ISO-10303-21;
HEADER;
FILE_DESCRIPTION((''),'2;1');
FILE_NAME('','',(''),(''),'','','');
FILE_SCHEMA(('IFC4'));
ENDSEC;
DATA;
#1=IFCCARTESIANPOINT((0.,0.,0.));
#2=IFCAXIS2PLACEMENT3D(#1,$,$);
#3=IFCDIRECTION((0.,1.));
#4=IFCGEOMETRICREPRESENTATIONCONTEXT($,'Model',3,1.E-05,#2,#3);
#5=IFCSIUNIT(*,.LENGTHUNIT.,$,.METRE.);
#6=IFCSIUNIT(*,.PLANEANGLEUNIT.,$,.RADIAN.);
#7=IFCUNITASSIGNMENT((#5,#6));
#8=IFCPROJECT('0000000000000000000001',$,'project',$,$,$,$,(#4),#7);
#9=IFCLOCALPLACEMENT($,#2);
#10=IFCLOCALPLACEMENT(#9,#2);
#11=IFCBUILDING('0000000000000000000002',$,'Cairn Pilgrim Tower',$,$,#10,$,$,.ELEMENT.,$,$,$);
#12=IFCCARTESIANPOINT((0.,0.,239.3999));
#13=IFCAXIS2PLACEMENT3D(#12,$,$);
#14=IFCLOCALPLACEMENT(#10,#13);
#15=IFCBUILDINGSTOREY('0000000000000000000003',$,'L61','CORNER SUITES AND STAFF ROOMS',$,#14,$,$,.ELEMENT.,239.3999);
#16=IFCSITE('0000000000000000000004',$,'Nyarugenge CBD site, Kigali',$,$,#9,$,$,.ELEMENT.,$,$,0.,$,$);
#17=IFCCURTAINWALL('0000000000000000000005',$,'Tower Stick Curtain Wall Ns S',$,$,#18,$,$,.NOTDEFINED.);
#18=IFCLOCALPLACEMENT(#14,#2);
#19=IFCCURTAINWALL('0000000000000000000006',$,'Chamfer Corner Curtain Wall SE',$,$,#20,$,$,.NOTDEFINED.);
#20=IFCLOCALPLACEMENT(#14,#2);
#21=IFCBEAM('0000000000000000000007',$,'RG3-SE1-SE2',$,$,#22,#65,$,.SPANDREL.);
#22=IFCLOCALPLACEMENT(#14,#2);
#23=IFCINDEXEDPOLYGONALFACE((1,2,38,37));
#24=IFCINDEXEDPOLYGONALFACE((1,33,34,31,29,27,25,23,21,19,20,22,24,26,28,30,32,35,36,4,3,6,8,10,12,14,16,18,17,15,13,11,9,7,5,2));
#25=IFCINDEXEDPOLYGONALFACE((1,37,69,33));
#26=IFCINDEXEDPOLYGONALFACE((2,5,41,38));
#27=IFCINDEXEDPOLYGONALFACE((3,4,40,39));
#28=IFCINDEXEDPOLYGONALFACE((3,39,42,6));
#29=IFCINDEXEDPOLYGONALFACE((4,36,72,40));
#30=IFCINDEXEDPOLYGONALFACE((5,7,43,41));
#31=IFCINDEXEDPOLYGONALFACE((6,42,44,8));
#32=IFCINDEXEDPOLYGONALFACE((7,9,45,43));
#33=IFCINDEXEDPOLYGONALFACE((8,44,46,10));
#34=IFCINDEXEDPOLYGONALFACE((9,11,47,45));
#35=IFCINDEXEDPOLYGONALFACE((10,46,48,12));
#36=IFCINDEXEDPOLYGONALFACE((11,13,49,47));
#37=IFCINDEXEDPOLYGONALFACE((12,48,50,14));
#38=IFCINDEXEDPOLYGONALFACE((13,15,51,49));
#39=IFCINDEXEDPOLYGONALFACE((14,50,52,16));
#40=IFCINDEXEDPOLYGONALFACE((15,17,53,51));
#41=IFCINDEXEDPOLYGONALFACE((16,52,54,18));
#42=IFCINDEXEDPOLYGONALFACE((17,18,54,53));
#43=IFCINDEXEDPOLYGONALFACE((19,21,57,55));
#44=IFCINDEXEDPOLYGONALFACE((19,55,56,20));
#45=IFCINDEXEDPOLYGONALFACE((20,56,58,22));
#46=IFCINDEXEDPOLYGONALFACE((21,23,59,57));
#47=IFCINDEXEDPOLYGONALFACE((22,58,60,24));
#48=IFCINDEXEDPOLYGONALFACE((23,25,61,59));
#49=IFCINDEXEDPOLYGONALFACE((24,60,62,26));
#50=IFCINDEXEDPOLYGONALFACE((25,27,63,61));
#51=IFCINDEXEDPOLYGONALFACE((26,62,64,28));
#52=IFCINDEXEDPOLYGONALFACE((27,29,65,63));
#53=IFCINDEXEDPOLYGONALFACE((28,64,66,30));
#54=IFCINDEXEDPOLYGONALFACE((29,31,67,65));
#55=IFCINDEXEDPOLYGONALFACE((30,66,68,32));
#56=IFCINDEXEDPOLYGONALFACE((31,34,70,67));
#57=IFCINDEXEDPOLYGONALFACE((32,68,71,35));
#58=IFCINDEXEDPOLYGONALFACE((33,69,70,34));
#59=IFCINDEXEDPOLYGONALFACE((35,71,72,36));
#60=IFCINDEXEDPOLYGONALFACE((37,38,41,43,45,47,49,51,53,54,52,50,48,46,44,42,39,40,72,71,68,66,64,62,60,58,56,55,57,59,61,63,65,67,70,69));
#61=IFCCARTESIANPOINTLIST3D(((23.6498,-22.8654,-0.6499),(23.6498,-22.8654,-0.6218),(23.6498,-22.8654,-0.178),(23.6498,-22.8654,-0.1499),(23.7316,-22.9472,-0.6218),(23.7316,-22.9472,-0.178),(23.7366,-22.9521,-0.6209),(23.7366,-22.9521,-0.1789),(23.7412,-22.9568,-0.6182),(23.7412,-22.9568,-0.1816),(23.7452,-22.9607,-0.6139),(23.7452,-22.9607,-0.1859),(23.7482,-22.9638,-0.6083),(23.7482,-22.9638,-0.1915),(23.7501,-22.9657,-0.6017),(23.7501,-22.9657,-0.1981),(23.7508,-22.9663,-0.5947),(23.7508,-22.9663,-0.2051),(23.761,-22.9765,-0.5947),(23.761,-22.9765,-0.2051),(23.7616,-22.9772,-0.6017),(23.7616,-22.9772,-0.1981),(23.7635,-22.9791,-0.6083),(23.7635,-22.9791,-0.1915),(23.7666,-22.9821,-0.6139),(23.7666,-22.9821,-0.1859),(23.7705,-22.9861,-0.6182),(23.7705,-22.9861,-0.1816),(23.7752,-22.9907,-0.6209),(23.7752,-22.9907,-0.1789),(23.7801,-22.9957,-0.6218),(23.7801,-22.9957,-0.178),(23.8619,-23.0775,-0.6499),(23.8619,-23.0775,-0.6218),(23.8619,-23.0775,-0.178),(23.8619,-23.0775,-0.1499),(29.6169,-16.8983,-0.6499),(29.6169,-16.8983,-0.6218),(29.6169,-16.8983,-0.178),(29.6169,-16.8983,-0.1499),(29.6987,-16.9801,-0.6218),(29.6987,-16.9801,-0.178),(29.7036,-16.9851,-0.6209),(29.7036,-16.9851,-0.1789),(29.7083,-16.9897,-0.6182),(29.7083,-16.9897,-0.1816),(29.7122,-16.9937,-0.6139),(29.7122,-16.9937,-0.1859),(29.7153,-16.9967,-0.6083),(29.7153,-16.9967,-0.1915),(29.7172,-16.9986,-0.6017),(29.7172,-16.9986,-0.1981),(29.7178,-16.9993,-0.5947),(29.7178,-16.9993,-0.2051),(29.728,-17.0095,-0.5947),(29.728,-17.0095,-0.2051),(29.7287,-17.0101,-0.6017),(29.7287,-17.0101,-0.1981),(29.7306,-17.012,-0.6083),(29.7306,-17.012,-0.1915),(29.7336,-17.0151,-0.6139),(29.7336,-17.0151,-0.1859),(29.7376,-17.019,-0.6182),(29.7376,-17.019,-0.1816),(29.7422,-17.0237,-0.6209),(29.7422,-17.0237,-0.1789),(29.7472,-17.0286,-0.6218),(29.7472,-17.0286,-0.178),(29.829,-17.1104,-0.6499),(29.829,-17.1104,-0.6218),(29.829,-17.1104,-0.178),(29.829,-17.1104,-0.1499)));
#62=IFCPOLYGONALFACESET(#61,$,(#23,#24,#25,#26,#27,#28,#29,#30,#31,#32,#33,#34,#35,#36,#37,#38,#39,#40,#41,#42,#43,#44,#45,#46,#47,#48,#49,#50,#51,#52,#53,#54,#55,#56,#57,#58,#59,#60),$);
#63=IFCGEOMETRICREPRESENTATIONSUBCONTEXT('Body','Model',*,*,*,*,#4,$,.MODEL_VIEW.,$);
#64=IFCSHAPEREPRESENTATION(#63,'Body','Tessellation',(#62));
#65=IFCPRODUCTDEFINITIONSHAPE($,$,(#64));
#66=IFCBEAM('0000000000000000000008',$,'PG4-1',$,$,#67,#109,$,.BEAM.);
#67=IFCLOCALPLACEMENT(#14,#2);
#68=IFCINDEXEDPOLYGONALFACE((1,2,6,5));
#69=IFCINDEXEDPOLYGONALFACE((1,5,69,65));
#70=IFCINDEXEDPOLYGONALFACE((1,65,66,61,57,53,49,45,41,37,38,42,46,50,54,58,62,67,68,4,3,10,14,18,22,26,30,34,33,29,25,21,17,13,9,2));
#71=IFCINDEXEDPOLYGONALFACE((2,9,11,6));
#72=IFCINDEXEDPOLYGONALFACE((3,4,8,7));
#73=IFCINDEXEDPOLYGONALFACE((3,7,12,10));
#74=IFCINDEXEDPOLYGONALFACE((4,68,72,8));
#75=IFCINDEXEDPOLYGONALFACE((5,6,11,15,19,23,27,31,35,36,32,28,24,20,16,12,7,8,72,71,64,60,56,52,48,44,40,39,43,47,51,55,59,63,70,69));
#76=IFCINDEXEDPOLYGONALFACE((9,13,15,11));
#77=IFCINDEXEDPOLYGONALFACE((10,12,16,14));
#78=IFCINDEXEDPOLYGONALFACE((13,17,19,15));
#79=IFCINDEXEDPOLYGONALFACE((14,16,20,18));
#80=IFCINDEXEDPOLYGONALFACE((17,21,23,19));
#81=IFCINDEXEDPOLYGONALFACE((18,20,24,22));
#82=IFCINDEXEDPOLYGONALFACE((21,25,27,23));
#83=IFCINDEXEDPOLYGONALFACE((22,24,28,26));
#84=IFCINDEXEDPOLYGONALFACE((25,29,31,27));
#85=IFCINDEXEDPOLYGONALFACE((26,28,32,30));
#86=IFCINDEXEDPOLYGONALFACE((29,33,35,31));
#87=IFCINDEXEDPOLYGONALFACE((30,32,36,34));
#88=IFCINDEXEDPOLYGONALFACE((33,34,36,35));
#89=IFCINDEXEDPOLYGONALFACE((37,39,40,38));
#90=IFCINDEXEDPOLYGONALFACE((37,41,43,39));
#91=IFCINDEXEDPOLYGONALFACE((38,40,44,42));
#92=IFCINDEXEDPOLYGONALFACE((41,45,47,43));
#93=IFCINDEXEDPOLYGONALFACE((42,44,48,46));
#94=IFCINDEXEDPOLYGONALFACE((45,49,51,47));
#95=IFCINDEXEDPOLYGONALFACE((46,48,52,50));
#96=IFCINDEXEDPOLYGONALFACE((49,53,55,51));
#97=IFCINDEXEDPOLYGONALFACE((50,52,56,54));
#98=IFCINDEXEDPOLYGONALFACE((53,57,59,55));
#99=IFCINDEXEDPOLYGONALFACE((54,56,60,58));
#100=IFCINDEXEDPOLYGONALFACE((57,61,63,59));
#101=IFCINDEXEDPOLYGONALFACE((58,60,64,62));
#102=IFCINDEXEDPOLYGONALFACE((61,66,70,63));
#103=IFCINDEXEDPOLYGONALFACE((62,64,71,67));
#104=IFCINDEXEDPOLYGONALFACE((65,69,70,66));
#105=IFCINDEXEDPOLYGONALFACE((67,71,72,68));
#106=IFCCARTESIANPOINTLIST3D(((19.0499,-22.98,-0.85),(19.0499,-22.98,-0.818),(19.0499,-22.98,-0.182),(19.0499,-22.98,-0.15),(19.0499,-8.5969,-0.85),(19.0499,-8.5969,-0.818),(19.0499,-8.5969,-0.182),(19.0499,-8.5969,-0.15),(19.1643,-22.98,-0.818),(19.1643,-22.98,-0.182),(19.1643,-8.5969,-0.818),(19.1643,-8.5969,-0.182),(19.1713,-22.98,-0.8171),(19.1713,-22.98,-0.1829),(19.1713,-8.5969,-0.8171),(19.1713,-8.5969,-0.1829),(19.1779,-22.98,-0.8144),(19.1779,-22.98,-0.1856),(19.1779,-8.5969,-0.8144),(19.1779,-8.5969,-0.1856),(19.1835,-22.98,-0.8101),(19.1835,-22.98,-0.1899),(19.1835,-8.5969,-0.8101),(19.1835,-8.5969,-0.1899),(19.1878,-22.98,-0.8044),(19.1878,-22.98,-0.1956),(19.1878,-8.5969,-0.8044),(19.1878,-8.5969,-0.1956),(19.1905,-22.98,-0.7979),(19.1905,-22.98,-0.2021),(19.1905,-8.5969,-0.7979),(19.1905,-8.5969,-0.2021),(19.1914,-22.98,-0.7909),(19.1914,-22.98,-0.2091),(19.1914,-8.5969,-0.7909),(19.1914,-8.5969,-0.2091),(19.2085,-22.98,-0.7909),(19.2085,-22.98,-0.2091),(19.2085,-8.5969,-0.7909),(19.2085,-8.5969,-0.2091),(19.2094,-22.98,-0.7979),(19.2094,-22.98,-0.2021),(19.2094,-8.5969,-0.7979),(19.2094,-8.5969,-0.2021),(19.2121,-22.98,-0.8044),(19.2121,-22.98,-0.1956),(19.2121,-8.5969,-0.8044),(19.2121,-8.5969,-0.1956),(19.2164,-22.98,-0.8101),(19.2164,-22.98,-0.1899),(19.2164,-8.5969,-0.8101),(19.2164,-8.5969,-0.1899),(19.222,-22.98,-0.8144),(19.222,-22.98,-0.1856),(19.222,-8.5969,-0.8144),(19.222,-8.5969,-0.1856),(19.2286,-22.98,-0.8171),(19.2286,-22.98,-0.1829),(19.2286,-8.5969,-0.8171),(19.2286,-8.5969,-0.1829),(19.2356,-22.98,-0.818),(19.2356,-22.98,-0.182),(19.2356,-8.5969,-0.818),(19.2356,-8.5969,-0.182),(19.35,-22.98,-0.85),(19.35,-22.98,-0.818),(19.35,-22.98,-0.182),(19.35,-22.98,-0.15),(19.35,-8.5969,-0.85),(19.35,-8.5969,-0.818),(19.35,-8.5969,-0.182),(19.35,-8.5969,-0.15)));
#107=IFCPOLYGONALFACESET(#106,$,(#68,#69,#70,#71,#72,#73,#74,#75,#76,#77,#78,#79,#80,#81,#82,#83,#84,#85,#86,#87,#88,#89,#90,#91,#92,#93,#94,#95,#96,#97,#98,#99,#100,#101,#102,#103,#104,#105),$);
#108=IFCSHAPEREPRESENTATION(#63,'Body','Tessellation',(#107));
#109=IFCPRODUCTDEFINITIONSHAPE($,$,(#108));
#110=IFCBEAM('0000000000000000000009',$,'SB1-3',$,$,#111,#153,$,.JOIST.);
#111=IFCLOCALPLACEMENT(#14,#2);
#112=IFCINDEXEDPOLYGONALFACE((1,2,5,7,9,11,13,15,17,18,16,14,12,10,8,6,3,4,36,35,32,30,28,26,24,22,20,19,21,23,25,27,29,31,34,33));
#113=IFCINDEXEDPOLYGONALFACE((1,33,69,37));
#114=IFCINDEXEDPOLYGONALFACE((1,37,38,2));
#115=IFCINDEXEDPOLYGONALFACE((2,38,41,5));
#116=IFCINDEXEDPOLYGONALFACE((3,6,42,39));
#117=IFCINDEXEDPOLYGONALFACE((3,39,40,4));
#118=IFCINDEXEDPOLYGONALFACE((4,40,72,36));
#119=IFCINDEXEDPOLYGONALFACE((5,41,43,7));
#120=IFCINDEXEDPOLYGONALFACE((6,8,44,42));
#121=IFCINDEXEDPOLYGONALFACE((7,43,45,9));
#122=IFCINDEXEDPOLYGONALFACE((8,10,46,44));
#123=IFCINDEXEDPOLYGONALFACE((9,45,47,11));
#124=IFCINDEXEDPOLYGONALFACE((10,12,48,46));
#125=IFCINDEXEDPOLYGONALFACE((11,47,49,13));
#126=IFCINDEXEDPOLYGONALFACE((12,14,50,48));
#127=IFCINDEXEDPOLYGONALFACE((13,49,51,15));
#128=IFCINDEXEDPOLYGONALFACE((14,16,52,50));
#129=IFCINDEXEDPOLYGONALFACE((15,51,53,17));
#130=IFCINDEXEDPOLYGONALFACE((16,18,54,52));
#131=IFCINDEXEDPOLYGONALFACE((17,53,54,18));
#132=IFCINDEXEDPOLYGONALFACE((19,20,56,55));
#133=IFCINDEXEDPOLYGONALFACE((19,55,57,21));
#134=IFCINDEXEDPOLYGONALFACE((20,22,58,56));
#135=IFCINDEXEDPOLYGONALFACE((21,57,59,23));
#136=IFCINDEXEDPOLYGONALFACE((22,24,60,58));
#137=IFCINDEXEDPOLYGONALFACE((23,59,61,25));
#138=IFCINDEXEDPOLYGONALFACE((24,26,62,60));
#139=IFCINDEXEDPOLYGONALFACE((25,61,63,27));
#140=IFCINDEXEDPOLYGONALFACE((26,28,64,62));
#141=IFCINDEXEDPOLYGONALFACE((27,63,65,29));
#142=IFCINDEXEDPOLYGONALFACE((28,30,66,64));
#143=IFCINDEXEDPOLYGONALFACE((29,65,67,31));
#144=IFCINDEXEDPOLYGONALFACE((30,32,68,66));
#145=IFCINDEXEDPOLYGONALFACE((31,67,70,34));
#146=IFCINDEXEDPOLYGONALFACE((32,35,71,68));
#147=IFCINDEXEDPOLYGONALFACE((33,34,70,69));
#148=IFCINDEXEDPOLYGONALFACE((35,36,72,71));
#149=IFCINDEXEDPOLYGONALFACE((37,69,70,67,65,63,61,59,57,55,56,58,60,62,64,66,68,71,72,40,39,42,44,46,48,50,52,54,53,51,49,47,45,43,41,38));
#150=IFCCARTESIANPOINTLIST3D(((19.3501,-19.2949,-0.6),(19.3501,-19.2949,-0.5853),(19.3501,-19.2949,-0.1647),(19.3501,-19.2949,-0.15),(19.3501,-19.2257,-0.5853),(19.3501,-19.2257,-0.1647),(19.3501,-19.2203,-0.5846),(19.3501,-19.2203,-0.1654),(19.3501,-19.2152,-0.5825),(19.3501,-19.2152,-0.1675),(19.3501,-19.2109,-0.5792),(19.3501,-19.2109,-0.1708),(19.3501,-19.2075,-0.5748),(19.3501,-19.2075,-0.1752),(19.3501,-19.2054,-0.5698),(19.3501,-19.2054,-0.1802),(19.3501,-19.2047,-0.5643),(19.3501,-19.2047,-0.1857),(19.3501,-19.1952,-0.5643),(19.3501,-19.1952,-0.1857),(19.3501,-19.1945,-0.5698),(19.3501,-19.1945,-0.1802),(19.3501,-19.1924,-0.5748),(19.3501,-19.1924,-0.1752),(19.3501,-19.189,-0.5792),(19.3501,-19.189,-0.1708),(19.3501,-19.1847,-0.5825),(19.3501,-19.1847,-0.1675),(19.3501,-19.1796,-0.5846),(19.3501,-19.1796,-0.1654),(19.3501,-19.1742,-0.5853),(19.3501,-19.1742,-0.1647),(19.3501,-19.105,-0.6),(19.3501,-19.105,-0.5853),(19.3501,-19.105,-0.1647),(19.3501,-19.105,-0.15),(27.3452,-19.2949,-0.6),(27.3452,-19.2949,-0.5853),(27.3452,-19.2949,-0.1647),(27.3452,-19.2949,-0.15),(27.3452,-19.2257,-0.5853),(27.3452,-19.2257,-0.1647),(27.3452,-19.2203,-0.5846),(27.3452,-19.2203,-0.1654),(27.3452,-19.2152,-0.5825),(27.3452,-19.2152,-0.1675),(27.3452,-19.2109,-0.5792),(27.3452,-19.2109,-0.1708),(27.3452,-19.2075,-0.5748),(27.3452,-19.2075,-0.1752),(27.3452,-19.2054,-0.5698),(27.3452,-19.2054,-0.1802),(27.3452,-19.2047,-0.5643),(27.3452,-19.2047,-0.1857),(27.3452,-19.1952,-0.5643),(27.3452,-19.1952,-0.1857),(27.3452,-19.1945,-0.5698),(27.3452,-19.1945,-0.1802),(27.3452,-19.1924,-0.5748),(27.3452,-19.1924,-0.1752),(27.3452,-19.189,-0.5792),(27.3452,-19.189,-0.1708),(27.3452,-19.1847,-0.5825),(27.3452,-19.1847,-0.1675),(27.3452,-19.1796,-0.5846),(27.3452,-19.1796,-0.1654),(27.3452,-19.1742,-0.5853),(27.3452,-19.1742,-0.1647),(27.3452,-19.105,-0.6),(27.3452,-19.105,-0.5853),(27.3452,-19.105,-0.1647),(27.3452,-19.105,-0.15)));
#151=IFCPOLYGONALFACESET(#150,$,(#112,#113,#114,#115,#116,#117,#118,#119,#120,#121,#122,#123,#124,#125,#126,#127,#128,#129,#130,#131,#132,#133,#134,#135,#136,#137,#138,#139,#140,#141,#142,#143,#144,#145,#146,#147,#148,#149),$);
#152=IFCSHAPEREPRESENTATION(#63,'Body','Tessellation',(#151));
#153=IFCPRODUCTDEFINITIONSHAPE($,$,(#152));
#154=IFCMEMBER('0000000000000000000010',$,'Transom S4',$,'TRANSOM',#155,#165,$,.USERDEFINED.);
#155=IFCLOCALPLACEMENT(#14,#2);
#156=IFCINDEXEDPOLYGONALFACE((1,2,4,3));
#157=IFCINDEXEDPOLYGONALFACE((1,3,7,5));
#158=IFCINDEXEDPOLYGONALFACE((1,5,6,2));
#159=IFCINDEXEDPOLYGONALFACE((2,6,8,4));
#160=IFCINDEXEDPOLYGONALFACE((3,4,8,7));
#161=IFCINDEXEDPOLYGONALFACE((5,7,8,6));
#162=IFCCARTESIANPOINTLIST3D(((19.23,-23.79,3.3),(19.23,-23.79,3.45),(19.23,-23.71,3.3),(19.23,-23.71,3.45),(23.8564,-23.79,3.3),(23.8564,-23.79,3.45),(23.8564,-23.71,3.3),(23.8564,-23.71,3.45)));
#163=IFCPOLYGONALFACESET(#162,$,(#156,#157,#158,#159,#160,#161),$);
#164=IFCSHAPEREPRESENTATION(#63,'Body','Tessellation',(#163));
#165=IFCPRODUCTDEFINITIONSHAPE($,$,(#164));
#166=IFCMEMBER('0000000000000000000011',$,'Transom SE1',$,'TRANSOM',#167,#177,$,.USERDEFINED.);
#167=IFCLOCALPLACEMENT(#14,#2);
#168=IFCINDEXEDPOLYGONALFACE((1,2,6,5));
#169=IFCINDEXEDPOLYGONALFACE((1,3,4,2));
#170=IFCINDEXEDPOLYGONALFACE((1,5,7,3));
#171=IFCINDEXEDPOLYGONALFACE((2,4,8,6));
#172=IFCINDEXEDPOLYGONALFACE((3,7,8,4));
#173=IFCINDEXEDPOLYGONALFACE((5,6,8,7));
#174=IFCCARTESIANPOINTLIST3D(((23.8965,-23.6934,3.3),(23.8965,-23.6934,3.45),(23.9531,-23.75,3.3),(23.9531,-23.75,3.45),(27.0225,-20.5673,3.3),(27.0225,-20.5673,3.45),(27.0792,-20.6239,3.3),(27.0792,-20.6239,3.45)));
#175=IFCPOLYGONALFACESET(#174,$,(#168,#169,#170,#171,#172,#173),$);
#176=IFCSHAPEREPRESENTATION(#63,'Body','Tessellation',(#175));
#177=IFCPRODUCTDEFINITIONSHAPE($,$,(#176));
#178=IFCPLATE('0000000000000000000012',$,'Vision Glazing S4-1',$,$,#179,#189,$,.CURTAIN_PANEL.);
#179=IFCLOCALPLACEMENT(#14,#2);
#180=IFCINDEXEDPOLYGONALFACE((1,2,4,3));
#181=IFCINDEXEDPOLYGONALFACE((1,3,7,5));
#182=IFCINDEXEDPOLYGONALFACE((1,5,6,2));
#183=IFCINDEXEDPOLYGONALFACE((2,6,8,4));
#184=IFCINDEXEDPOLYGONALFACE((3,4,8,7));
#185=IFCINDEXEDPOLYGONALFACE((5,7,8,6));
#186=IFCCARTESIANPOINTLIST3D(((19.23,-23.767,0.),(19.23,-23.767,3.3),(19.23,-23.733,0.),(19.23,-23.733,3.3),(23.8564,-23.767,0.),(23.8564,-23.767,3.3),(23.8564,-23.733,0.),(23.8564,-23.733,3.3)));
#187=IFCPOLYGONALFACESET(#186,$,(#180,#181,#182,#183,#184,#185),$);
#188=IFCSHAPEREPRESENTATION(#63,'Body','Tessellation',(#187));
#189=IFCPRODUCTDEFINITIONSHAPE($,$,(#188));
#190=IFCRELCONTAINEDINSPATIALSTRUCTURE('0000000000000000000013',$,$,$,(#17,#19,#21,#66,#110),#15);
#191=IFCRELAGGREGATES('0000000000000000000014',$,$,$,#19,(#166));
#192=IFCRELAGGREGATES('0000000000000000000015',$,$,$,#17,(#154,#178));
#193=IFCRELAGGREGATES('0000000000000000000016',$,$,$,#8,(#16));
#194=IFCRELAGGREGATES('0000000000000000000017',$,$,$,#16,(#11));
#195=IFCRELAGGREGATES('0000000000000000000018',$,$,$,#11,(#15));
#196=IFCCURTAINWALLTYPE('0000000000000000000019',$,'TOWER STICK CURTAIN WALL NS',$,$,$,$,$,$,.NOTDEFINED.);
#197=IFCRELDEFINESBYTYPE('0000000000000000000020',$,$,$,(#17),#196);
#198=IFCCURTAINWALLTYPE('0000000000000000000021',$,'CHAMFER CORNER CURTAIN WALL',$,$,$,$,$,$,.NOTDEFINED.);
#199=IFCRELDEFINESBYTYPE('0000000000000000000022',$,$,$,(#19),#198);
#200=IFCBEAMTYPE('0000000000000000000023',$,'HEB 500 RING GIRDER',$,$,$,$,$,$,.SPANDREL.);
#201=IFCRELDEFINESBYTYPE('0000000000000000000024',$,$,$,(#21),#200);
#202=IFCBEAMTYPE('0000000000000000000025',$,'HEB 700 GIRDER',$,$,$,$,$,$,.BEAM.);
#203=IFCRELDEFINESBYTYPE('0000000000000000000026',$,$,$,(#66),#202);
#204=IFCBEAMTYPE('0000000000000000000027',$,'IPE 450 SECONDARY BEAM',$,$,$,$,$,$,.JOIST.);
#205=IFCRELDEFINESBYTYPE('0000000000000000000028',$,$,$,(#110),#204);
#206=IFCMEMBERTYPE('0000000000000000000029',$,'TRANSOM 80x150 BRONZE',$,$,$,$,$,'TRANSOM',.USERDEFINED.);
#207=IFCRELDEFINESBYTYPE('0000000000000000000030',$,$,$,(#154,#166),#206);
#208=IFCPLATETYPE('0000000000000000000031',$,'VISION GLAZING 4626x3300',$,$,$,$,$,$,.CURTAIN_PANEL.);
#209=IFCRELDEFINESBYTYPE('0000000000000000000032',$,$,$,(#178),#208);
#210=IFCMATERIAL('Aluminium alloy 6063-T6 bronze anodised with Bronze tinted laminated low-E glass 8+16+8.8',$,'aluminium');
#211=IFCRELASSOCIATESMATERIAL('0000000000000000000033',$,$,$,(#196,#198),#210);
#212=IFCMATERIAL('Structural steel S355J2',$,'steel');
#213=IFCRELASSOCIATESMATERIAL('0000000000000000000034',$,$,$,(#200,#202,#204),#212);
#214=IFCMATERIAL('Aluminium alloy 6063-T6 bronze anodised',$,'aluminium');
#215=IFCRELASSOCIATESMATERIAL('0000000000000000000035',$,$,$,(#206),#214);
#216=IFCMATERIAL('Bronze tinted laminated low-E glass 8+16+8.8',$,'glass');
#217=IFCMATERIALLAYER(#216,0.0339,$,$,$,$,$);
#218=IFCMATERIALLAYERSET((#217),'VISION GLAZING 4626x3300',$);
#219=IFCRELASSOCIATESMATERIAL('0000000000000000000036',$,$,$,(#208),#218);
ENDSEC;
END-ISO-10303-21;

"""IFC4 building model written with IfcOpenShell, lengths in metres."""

from ifc_helpers import new_model, si_unit, direction, frame, origin, origin_2d, place, context, subcontext, project, spatial, rectangle, i_section, extrude, material, layer, layer_set, material_profile, profile_set, type_object, element, aggregate, save


model = new_model("IFC4")

# Units and contexts
model_context = context("Model", 3, precision=1e-05, world=origin(), true_north=direction((0.0, 1.0)))
body_context = subcontext(model_context, "Body", "Model", "MODEL_VIEW")
ifc_project = project(units=[si_unit("LENGTHUNIT", "METRE"), si_unit("PLANEANGLEUNIT", "RADIAN")], contexts=[model_context])

# Site, building, storey
site_placement = place(None, origin())
site = spatial("IfcSite", under=ifc_project, at=site_placement, Name="Nyarugenge CBD site, Kigali", CompositionType="ELEMENT", RefElevation=0.0)
building_placement = place(site_placement, origin())
building = spatial("IfcBuilding", under=site, at=building_placement, Name="Cairn Pilgrim Tower", CompositionType="ELEMENT")
storey_placement = place(building_placement, frame((0.0, 0.0, 239.3999)))
storey = spatial("IfcBuildingStorey", under=building, at=storey_placement, Name="L61", Description="CORNER SUITES AND STAFF ROOMS", CompositionType="ELEMENT", Elevation=239.3999)

# Curtain wall
ifc_material_1 = material(Name="Aluminium alloy 6063-T6 bronze anodised with Bronze tinted laminated low-E glass 8+16+8.8", Category="aluminium")
curtain_wall_type_1 = type_object("IfcCurtainWallType", Name="TOWER STICK CURTAIN WALL NS", PredefinedType="NOTDEFINED", material=ifc_material_1)
curtain_wall_1_placement = place(storey_placement, origin())
curtain_wall_1 = element("IfcCurtainWall", 1, at=curtain_wall_1_placement, inside=storey, type_object=curtain_wall_type_1, Name="Tower Stick Curtain Wall Ns S", PredefinedType="NOTDEFINED")
ifc_material_2 = material(Name="Aluminium alloy 6063-T6 bronze anodised", Category="aluminium")

# Curtain wall
curtain_wall_type_2 = type_object("IfcCurtainWallType", Name="CHAMFER CORNER CURTAIN WALL", PredefinedType="NOTDEFINED", material=ifc_material_1)
curtain_wall_2_placement = place(storey_placement, origin())
curtain_wall_2 = element("IfcCurtainWall", 2, at=curtain_wall_2_placement, inside=storey, type_object=curtain_wall_type_2, Name="Chamfer Corner Curtain Wall SE", PredefinedType="NOTDEFINED")

# Beams
ifc_material_3 = material(Name="Structural steel S355J2", Category="steel")
ifc_material_profile_1 = material_profile(ifc_material_3, i_section(OverallWidth=0.3, OverallDepth=0.5, WebThickness=0.0144, FlangeThickness=0.0281, FilletRadius=0.0271, at=origin_2d()), Name="HEB 500")
ifc_profile_set_1 = profile_set([ifc_material_profile_1], Name="Structural steel S355J2")
beam_type_1 = type_object("IfcBeamType", Name="HEB 500 RING GIRDER", PredefinedType="SPANDREL", material=ifc_profile_set_1)
beam_1_placement = place(storey_placement, frame((23.7559, -22.9714, -0.3999), z_axis=(0.707107, 0.707107, 0.0), x_axis=(-0.707107, 0.707107, 0.0)))
element("IfcBeam", 3, at=beam_1_placement, inside=storey, type_object=beam_type_1, Name="RG3-SE1-SE2", PredefinedType="SPANDREL", context=body_context, shape_type="SweptSolid", body=[
    extrude(i_section(OverallWidth=0.3, OverallDepth=0.5, WebThickness=0.0144, FlangeThickness=0.0281, FilletRadius=0.0271, at=origin_2d()), origin(), (0.0, 0.0, 1.0), 8.4387),
])
ifc_material_profile_2 = material_profile(ifc_material_3, i_section(OverallWidth=0.3, OverallDepth=0.7, WebThickness=0.0171, FlangeThickness=0.032, FilletRadius=0.0271, at=origin_2d()), Name="HEB 700")
ifc_profile_set_2 = profile_set([ifc_material_profile_2], Name="Structural steel S355J2")
beam_type_2 = type_object("IfcBeamType", Name="HEB 700 GIRDER", PredefinedType="BEAM", material=ifc_profile_set_2)
beam_2_placement = place(storey_placement, frame((19.2, -22.98, -0.5), z_axis=(0.0, 1.0, 0.0), x_axis=(-1.0, 0.0, 0.0)))
element("IfcBeam", 4, at=beam_2_placement, inside=storey, type_object=beam_type_2, Name="PG4-1", PredefinedType="BEAM", context=body_context, shape_type="SweptSolid", body=[
    extrude(i_section(OverallWidth=0.3, OverallDepth=0.7, WebThickness=0.0171, FlangeThickness=0.032, FilletRadius=0.0271, at=origin_2d()), origin(), (0.0, 0.0, 1.0), 14.3831),
])
ifc_material_profile_3 = material_profile(ifc_material_3, i_section(OverallWidth=0.1899, OverallDepth=0.45, WebThickness=0.0095, FlangeThickness=0.0146, FilletRadius=0.021, at=origin_2d()), Name="IPE 450")
ifc_profile_set_3 = profile_set([ifc_material_profile_3], Name="Structural steel S355J2")
beam_type_3 = type_object("IfcBeamType", Name="IPE 450 SECONDARY BEAM", PredefinedType="JOIST", material=ifc_profile_set_3)
beam_3_placement = place(storey_placement, frame((19.3501, -19.2, -0.375), z_axis=(1.0, 0.0, 0.0), x_axis=(0.0, 1.0, 0.0)))
element("IfcBeam", 5, at=beam_3_placement, inside=storey, type_object=beam_type_3, Name="SB1-3", PredefinedType="JOIST", context=body_context, shape_type="SweptSolid", body=[
    extrude(i_section(OverallWidth=0.1899, OverallDepth=0.45, WebThickness=0.0095, FlangeThickness=0.0146, FilletRadius=0.021, at=origin_2d()), origin(), (0.0, 0.0, 1.0), 7.9951),
])

# Members
ifc_material_profile_4 = material_profile(ifc_material_2, rectangle(XDim=0.0801, YDim=0.1499, at=origin_2d()), Name="TRANSOM 80x150 BRONZE")
ifc_profile_set_4 = profile_set([ifc_material_profile_4], Name="Aluminium alloy 6063-T6 bronze anodised")
member_type_1 = type_object("IfcMemberType", Name="TRANSOM 80x150 BRONZE", ElementType="TRANSOM", PredefinedType="USERDEFINED", material=ifc_profile_set_4)
member_1_placement = place(storey_placement, frame((19.23, -23.75, 3.375), z_axis=(1.0, 0.0, 0.0), x_axis=(0.0, 1.0, 0.0)))
member_1 = element("IfcMember", 6, at=member_1_placement, type_object=member_type_1, Name="Transom S4", ObjectType="TRANSOM", PredefinedType="USERDEFINED", context=body_context, shape_type="SweptSolid", body=[
    extrude(rectangle(XDim=0.0801, YDim=0.1499, at=origin_2d()), origin(), (0.0, 0.0, 1.0), 4.6265),
])
member_2_placement = place(storey_placement, frame((23.9248, -23.7217, 3.375), z_axis=(0.707107, 0.707107, 0.0), x_axis=(-0.707107, 0.707107, 0.0)))
member_2 = element("IfcMember", 7, at=member_2_placement, type_object=member_type_1, Name="Transom SE1", ObjectType="TRANSOM", PredefinedType="USERDEFINED", context=body_context, shape_type="SweptSolid", body=[
    extrude(rectangle(XDim=0.0801, YDim=0.1499, at=origin_2d()), origin(), (0.0, 0.0, 1.0), 4.4209),
])
aggregate(curtain_wall_2, [member_2])

# Plate
ifc_material_4 = material(Name="Bronze tinted laminated low-E glass 8+16+8.8", Category="glass")
ifc_layer_1 = layer(ifc_material_4, 0.0339)
ifc_layer_set_1 = layer_set([ifc_layer_1], Name="VISION GLAZING 4626x3300")
plate_type = type_object("IfcPlateType", Name="VISION GLAZING 4626x3300", PredefinedType="CURTAIN_PANEL", material=ifc_layer_set_1)
plate_placement = place(storey_placement, frame((21.5432, -23.75, 0.0), z_axis=(0.0, 0.0, 1.0), x_axis=(1.0, 0.0, 0.0)))
plate = element("IfcPlate", 8, at=plate_placement, type_object=plate_type, Name="Vision Glazing S4-1", PredefinedType="CURTAIN_PANEL", context=body_context, shape_type="SweptSolid", body=[
    extrude(rectangle(XDim=4.6265, YDim=0.0339, at=origin_2d()), origin(), (0.0, 0.0, 1.0), 3.3),
])
aggregate(curtain_wall_1, [member_1, plate])

save(model, "model.ifc")
